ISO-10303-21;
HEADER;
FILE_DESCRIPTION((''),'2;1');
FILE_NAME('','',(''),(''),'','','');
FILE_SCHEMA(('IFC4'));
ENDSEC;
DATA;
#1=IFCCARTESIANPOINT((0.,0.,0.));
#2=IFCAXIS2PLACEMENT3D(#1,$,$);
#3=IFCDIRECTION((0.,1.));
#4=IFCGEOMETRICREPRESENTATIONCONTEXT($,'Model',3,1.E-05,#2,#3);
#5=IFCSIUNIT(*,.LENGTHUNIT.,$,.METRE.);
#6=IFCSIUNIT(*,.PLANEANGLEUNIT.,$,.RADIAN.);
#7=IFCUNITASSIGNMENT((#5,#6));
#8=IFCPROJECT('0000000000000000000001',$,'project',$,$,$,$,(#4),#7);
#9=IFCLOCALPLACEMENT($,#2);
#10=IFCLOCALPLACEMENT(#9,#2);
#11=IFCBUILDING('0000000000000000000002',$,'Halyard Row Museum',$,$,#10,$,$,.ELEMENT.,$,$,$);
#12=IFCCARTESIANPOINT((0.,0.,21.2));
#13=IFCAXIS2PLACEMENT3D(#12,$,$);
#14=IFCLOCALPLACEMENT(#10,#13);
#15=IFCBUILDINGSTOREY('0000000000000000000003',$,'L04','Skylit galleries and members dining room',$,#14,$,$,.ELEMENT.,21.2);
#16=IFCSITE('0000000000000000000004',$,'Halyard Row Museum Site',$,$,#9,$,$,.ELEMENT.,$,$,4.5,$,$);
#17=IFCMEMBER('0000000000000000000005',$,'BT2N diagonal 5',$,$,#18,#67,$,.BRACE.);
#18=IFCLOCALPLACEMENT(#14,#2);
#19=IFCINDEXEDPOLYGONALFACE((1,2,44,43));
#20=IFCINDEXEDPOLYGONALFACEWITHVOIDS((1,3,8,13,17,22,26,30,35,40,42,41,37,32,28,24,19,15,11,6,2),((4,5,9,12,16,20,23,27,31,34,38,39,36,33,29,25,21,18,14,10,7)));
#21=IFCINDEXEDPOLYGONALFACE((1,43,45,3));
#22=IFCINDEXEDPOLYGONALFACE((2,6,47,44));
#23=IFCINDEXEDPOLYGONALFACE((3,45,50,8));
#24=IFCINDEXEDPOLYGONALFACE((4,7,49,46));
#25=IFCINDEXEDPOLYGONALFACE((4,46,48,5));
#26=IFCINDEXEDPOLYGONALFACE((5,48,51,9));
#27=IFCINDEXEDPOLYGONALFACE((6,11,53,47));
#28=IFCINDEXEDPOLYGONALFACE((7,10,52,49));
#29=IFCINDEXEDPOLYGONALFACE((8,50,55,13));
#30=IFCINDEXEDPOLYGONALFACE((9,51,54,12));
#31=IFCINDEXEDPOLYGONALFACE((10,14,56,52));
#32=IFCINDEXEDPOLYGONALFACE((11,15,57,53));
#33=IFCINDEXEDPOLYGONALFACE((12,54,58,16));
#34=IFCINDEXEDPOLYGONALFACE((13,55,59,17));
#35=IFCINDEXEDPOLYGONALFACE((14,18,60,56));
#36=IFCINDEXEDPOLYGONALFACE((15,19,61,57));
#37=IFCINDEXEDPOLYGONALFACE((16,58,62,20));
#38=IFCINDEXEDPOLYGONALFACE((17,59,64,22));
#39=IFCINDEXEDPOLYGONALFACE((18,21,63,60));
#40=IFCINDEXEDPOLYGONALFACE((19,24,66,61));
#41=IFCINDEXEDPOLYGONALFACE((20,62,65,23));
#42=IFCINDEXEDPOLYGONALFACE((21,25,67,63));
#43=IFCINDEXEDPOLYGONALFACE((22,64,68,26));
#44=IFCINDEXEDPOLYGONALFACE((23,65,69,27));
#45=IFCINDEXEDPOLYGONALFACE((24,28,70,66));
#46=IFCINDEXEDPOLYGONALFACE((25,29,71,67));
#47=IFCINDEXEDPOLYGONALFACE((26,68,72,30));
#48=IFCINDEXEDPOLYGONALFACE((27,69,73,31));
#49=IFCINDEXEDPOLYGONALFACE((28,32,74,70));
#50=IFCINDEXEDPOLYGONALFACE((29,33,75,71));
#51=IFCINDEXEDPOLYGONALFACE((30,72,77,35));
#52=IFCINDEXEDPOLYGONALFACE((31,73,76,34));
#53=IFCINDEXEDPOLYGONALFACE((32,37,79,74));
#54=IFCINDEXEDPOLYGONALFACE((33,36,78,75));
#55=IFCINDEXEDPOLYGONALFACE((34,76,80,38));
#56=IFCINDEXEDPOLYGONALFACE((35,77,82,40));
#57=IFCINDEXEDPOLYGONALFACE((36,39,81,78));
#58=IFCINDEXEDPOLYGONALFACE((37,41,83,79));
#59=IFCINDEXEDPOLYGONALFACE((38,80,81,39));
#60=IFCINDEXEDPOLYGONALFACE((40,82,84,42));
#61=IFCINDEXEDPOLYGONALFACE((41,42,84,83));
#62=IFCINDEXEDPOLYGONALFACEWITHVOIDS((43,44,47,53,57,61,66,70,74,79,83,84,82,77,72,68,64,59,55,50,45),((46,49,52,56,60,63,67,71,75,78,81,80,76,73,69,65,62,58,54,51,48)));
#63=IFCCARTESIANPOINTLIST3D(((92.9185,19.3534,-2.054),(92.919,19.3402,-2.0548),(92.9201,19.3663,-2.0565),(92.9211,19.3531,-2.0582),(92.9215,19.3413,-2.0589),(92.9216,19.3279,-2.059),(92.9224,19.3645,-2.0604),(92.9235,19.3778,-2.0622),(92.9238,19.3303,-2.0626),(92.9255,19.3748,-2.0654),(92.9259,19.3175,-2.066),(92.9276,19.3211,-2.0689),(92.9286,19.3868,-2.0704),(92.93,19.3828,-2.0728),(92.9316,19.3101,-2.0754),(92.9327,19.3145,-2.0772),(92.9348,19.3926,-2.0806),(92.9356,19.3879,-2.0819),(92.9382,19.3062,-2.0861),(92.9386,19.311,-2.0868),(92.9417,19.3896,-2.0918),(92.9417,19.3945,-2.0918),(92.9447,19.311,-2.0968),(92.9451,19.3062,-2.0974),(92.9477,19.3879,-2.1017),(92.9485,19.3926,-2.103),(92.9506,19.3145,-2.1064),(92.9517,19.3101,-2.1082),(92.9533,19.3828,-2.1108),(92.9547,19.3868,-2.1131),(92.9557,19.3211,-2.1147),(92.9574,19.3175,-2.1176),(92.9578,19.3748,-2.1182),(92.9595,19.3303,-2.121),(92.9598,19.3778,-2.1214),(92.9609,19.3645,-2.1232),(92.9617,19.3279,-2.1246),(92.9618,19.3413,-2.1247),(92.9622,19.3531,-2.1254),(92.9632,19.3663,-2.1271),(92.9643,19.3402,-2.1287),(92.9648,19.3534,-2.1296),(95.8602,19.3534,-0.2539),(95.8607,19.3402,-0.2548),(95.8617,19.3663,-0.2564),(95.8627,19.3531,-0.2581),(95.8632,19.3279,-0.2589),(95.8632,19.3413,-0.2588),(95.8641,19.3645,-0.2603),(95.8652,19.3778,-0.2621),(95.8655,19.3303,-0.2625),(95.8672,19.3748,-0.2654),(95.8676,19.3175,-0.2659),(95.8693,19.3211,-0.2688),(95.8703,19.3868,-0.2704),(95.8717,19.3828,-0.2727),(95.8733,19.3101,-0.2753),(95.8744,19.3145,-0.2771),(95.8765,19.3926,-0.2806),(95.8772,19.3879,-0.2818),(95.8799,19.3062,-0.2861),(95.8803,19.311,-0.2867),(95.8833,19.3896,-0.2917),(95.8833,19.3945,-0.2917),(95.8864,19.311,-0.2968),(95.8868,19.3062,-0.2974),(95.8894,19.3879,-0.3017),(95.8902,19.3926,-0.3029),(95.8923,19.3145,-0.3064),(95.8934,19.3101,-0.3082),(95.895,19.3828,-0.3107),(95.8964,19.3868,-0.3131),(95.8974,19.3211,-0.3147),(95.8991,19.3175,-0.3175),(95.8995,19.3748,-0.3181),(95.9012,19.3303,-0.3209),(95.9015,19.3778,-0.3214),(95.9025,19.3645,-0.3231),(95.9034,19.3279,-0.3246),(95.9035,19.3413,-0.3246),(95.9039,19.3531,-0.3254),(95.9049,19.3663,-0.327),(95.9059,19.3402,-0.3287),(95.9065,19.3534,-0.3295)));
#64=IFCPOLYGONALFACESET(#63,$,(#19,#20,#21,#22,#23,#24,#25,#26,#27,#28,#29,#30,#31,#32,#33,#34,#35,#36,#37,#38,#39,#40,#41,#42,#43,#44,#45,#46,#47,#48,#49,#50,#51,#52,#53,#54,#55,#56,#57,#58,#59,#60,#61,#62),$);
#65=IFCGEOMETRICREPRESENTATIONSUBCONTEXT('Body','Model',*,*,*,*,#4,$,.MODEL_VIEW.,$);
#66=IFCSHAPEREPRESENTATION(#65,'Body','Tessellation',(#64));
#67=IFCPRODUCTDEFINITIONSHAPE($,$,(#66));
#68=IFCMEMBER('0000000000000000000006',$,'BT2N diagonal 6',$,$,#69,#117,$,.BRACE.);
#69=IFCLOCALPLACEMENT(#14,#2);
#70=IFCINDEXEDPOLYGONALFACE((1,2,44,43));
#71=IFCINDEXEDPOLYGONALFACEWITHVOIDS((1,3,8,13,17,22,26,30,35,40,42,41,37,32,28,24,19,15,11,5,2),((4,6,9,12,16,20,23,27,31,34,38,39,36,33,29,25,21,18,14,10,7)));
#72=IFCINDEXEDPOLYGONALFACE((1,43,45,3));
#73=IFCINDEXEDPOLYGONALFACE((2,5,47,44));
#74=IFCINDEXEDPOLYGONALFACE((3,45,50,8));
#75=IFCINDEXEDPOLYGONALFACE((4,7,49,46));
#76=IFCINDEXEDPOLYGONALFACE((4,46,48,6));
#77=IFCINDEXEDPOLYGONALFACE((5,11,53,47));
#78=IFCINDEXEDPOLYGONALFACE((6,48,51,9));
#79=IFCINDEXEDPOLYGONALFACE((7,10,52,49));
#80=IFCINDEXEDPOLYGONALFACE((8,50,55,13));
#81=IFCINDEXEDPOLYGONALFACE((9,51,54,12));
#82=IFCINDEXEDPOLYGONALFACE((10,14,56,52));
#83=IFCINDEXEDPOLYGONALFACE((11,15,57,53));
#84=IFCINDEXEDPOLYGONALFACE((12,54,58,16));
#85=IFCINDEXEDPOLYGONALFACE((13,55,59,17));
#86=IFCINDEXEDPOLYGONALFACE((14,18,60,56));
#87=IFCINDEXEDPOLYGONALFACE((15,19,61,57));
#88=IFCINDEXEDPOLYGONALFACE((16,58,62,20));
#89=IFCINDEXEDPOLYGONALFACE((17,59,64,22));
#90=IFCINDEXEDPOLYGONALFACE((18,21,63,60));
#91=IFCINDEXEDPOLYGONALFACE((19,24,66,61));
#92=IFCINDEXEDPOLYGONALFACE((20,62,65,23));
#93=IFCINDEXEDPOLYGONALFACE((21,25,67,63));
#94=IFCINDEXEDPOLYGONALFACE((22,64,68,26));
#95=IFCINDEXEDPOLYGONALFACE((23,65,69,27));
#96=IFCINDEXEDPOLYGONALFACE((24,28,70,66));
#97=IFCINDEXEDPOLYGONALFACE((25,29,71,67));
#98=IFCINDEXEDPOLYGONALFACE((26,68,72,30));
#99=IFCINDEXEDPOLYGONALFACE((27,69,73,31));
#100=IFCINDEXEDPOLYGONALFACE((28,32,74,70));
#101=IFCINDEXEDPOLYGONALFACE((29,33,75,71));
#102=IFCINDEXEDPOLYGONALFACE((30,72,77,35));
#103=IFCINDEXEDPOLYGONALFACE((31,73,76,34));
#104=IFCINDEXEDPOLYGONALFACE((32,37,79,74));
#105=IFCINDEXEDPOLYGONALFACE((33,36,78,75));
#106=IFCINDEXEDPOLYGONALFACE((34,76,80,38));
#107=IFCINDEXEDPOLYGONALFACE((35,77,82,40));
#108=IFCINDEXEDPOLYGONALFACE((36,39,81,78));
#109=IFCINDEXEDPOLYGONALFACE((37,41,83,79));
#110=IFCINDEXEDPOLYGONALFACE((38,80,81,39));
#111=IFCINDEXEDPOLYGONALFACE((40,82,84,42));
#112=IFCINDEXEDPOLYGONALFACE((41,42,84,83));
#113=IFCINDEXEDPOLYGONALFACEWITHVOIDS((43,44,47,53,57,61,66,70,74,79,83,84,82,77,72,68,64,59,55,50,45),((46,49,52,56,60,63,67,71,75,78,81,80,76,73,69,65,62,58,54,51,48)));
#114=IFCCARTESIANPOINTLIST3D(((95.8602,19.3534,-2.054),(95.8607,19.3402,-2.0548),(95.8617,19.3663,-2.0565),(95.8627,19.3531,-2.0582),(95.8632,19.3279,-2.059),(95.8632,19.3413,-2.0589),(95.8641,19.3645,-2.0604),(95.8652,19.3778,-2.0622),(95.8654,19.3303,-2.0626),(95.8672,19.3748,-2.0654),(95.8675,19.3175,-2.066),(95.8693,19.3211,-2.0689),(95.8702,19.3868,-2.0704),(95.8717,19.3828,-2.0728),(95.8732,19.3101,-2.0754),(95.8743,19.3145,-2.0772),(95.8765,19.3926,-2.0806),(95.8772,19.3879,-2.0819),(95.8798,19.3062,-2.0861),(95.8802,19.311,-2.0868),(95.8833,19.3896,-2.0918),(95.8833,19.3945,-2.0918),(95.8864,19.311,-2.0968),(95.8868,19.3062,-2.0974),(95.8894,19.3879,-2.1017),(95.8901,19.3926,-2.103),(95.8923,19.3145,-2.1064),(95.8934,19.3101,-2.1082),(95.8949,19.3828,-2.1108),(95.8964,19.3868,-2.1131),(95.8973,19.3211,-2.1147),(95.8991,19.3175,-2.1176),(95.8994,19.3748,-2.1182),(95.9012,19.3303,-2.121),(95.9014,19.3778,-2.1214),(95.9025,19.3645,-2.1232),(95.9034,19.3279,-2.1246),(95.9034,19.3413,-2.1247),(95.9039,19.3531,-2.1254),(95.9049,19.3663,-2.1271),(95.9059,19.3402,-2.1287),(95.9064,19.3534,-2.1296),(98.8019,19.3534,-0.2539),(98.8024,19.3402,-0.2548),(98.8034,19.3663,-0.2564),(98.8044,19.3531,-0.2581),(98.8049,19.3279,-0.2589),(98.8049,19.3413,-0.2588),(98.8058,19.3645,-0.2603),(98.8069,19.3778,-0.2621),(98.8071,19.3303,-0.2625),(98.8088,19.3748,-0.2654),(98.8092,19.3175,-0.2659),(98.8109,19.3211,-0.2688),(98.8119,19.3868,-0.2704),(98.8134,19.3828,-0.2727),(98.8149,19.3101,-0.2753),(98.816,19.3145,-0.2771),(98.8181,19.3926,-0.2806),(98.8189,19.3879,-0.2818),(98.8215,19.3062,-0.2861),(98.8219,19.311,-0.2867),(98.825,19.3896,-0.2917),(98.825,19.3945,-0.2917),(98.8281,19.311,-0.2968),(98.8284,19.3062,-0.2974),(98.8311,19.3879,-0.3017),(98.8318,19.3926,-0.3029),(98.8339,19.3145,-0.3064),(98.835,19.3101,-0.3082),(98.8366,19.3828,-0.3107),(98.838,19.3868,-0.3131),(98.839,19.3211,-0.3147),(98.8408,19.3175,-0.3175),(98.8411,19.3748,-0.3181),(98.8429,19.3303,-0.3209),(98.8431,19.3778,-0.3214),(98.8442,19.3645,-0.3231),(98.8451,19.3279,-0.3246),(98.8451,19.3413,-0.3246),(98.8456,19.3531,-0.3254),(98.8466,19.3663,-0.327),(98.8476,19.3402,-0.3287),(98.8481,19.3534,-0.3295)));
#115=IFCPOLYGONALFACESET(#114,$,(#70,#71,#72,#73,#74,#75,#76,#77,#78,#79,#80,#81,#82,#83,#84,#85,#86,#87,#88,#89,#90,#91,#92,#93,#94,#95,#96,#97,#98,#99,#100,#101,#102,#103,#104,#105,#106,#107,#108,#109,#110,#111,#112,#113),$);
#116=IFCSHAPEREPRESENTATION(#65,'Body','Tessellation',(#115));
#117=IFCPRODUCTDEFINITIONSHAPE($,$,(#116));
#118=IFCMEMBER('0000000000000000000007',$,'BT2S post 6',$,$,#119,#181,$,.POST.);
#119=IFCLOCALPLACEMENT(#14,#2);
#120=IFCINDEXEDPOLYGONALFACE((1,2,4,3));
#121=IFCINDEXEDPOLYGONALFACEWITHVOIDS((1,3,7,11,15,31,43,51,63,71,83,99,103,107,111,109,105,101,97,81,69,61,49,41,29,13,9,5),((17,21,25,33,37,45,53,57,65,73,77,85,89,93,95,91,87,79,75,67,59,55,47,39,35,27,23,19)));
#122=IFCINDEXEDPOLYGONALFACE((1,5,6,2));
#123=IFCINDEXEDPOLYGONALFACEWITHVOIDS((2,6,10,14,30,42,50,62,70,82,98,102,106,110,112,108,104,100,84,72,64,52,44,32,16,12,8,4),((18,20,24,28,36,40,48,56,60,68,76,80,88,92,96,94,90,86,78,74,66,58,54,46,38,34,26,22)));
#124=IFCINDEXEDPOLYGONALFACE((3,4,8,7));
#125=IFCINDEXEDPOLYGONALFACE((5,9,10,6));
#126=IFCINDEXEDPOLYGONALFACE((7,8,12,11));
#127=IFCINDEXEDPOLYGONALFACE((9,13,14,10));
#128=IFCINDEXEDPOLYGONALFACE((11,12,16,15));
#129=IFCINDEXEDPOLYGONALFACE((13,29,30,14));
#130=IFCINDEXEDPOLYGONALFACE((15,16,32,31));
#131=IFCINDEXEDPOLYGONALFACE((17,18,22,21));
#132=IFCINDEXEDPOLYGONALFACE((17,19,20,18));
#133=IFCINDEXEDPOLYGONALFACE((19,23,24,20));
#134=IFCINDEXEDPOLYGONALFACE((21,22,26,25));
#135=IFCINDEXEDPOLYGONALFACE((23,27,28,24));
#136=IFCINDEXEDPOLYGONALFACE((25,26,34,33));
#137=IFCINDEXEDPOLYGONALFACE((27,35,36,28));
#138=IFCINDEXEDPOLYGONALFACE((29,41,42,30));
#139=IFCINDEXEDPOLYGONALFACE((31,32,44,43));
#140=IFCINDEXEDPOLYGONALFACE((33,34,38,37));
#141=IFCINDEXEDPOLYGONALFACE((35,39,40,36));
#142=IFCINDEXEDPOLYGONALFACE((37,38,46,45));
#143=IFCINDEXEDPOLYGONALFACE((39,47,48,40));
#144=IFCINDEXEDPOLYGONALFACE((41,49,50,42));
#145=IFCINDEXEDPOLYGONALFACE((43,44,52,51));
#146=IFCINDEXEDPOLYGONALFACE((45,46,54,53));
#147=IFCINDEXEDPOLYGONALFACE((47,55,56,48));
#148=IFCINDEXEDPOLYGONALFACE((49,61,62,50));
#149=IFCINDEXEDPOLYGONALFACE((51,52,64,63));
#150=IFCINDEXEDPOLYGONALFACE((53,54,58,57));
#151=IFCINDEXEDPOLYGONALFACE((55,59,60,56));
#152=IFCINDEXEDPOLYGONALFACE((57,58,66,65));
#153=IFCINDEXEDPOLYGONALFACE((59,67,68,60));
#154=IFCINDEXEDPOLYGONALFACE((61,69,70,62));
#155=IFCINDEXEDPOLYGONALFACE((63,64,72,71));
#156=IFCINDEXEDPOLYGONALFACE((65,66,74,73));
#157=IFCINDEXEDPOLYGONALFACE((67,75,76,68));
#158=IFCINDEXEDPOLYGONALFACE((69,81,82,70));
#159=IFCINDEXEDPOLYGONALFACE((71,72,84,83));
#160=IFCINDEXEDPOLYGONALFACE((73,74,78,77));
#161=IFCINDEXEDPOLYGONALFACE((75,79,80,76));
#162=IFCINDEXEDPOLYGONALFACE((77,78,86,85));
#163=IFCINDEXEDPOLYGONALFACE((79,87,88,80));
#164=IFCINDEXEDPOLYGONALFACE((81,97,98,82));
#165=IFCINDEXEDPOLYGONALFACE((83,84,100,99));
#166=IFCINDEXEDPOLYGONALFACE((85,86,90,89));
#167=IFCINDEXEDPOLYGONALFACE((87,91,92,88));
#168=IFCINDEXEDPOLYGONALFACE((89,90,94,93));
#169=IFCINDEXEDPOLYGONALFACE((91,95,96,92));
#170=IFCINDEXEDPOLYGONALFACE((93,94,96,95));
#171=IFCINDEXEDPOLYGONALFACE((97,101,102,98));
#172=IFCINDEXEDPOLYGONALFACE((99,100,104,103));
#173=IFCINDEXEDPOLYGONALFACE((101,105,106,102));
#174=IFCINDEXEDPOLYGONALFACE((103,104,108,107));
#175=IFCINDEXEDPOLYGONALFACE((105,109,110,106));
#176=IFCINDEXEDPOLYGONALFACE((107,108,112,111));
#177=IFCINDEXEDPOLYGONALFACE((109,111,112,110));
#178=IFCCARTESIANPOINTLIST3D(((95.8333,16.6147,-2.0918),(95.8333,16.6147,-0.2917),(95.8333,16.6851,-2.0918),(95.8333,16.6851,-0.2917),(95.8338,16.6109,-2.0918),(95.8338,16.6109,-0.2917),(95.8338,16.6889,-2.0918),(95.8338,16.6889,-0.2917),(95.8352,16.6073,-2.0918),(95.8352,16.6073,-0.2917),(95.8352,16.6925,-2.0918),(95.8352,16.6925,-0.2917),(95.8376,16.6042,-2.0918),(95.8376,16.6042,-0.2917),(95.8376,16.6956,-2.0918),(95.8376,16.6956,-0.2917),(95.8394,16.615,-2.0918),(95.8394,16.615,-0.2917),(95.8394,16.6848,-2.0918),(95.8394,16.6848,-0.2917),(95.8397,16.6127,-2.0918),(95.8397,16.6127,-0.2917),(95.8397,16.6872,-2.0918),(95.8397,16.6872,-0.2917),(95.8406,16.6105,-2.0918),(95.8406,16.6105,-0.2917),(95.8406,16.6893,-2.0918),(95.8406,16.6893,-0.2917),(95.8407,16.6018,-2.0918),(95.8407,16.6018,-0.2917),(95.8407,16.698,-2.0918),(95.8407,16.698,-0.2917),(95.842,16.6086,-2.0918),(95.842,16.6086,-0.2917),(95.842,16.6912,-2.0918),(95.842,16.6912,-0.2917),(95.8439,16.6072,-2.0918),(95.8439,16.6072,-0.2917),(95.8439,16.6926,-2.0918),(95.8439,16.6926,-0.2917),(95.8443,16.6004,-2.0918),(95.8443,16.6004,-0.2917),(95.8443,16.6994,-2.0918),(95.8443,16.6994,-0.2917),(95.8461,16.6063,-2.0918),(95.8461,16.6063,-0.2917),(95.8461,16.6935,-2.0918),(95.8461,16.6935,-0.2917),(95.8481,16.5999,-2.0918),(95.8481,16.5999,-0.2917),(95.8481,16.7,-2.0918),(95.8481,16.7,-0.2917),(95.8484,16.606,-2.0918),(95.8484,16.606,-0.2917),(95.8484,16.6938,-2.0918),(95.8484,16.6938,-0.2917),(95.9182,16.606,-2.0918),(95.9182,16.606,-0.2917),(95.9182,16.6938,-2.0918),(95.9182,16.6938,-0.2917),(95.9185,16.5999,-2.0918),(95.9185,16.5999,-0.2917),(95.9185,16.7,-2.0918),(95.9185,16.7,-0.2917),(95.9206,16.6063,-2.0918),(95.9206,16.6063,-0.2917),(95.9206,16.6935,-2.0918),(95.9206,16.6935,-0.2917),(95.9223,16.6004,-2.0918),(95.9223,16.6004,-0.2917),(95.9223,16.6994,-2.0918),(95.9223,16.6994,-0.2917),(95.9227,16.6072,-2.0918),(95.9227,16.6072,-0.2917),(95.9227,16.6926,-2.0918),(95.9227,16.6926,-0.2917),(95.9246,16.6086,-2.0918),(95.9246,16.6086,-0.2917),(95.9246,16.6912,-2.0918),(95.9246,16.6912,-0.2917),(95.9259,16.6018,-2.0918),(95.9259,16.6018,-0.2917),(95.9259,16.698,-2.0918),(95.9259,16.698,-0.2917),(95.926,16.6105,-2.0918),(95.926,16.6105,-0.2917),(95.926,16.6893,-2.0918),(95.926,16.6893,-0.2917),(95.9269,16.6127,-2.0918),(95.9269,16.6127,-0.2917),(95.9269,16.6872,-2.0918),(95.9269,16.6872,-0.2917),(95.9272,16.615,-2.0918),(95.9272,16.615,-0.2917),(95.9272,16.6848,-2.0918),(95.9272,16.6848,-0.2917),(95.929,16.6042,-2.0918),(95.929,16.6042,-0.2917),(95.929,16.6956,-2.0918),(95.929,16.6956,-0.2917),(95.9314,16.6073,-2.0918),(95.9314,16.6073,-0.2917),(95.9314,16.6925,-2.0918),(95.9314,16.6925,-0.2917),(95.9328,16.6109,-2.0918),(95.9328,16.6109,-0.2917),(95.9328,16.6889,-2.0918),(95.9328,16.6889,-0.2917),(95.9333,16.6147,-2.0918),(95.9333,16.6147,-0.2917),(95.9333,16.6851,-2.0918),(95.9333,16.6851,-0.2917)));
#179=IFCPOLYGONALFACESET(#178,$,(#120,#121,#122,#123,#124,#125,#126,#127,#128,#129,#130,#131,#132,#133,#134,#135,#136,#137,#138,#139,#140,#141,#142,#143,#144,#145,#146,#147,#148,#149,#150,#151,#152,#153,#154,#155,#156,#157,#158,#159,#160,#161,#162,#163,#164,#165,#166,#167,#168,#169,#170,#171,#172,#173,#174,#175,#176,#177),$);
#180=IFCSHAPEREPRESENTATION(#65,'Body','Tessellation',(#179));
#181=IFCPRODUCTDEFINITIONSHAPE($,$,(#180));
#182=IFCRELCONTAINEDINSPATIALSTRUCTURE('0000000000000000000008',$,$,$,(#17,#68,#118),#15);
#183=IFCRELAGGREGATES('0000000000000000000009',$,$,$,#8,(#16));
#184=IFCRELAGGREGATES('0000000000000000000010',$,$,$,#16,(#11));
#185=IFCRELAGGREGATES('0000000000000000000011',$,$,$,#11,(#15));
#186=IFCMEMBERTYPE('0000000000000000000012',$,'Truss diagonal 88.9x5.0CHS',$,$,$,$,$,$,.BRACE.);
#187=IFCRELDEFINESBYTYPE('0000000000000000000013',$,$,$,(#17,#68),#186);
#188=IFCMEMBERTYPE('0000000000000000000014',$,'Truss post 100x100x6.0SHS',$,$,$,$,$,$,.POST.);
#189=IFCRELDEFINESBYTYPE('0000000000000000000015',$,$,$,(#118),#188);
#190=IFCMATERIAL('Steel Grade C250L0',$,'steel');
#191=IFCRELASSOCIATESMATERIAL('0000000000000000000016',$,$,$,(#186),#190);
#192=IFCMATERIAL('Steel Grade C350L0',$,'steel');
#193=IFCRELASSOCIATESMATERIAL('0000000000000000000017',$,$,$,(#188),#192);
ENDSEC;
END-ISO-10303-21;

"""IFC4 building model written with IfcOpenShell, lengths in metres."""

from ifc_helpers import new_model, si_unit, direction, frame, origin, origin_2d, place, context, subcontext, project, spatial, hollow_rectangle, hollow_circle, extrude, material, material_profile, profile_set, type_object, element, save


model = new_model("IFC4")

# Units and contexts
model_context = context("Model", 3, precision=1e-05, world=origin(), true_north=direction((0.0, 1.0)))
body_context = subcontext(model_context, "Body", "Model", "MODEL_VIEW")
ifc_project = project(units=[si_unit("LENGTHUNIT", "METRE"), si_unit("PLANEANGLEUNIT", "RADIAN")], contexts=[model_context])

# Site, building, storey
site_placement = place(None, origin())
site = spatial("IfcSite", under=ifc_project, at=site_placement, Name="Halyard Row Museum Site", CompositionType="ELEMENT", RefElevation=4.5)
building_placement = place(site_placement, origin())
building = spatial("IfcBuilding", under=site, at=building_placement, Name="Halyard Row Museum", CompositionType="ELEMENT")
storey_placement = place(building_placement, frame((0.0, 0.0, 21.2)))
storey = spatial("IfcBuildingStorey", under=building, at=storey_placement, Name="L04", Description="Skylit galleries and members dining room", CompositionType="ELEMENT", Elevation=21.2)

# Members
ifc_material_1 = material(Name="Steel Grade C250L0", Category="steel")
ifc_material_profile_1 = material_profile(ifc_material_1, hollow_circle(Radius=0.0444, WallThickness=0.0049, at=origin_2d()), Name="88.9x5.0CHS")
ifc_profile_set_1 = profile_set([ifc_material_profile_1], Name="Steel Grade C250L0")
member_type_1 = type_object("IfcMemberType", Name="Truss diagonal 88.9x5.0CHS", PredefinedType="BRACE", material=ifc_profile_set_1)
for number, where, z_axis, x_axis, name in (
    (1, (92.9417, 19.3501, -2.0918), (0.852975, 0.0, 0.521951), (0.0, 1.0, 0.0), "BT2N diagonal 5"),
    (2, (95.8833, 19.3501, -2.0918), (0.852975, 0.0, 0.521951), (0.0, 1.0, 0.0), "BT2N diagonal 6"),
):
    element("IfcMember", number, at=place(storey_placement, frame(where, z_axis=z_axis, x_axis=x_axis)), inside=storey, type_object=member_type_1, Name=name, PredefinedType="BRACE", context=body_context, shape_type="SweptSolid", body=[
        extrude(hollow_circle(Radius=0.0444, WallThickness=0.0049, at=origin_2d()), origin(), (0.0, 0.0, 1.0), 3.4487),
    ])
ifc_material_2 = material(Name="Steel Grade C350L0", Category="steel")
ifc_material_profile_2 = material_profile(ifc_material_2, hollow_rectangle(XDim=0.1001, YDim=0.1001, WallThickness=0.0061, InnerFilletRadius=0.009, OuterFilletRadius=0.0149, at=origin_2d()), Name="100x100x6.0SHS")
ifc_profile_set_2 = profile_set([ifc_material_profile_2], Name="Steel Grade C350L0")
member_type_2 = type_object("IfcMemberType", Name="Truss post 100x100x6.0SHS", PredefinedType="POST", material=ifc_profile_set_2)
member_1_placement = place(storey_placement, frame((95.8833, 16.6499, -2.0918), z_axis=(0.0, 0.0, 1.0), x_axis=(1.0, 0.0, 0.0)))
element("IfcMember", 3, at=member_1_placement, inside=storey, type_object=member_type_2, Name="BT2S post 6", PredefinedType="POST", context=body_context, shape_type="SweptSolid", body=[
    extrude(hollow_rectangle(XDim=0.1001, YDim=0.1001, WallThickness=0.0061, InnerFilletRadius=0.009, OuterFilletRadius=0.0149, at=origin_2d()), origin(), (0.0, 0.0, 1.0), 1.8),
])

save(model, "model.ifc")
